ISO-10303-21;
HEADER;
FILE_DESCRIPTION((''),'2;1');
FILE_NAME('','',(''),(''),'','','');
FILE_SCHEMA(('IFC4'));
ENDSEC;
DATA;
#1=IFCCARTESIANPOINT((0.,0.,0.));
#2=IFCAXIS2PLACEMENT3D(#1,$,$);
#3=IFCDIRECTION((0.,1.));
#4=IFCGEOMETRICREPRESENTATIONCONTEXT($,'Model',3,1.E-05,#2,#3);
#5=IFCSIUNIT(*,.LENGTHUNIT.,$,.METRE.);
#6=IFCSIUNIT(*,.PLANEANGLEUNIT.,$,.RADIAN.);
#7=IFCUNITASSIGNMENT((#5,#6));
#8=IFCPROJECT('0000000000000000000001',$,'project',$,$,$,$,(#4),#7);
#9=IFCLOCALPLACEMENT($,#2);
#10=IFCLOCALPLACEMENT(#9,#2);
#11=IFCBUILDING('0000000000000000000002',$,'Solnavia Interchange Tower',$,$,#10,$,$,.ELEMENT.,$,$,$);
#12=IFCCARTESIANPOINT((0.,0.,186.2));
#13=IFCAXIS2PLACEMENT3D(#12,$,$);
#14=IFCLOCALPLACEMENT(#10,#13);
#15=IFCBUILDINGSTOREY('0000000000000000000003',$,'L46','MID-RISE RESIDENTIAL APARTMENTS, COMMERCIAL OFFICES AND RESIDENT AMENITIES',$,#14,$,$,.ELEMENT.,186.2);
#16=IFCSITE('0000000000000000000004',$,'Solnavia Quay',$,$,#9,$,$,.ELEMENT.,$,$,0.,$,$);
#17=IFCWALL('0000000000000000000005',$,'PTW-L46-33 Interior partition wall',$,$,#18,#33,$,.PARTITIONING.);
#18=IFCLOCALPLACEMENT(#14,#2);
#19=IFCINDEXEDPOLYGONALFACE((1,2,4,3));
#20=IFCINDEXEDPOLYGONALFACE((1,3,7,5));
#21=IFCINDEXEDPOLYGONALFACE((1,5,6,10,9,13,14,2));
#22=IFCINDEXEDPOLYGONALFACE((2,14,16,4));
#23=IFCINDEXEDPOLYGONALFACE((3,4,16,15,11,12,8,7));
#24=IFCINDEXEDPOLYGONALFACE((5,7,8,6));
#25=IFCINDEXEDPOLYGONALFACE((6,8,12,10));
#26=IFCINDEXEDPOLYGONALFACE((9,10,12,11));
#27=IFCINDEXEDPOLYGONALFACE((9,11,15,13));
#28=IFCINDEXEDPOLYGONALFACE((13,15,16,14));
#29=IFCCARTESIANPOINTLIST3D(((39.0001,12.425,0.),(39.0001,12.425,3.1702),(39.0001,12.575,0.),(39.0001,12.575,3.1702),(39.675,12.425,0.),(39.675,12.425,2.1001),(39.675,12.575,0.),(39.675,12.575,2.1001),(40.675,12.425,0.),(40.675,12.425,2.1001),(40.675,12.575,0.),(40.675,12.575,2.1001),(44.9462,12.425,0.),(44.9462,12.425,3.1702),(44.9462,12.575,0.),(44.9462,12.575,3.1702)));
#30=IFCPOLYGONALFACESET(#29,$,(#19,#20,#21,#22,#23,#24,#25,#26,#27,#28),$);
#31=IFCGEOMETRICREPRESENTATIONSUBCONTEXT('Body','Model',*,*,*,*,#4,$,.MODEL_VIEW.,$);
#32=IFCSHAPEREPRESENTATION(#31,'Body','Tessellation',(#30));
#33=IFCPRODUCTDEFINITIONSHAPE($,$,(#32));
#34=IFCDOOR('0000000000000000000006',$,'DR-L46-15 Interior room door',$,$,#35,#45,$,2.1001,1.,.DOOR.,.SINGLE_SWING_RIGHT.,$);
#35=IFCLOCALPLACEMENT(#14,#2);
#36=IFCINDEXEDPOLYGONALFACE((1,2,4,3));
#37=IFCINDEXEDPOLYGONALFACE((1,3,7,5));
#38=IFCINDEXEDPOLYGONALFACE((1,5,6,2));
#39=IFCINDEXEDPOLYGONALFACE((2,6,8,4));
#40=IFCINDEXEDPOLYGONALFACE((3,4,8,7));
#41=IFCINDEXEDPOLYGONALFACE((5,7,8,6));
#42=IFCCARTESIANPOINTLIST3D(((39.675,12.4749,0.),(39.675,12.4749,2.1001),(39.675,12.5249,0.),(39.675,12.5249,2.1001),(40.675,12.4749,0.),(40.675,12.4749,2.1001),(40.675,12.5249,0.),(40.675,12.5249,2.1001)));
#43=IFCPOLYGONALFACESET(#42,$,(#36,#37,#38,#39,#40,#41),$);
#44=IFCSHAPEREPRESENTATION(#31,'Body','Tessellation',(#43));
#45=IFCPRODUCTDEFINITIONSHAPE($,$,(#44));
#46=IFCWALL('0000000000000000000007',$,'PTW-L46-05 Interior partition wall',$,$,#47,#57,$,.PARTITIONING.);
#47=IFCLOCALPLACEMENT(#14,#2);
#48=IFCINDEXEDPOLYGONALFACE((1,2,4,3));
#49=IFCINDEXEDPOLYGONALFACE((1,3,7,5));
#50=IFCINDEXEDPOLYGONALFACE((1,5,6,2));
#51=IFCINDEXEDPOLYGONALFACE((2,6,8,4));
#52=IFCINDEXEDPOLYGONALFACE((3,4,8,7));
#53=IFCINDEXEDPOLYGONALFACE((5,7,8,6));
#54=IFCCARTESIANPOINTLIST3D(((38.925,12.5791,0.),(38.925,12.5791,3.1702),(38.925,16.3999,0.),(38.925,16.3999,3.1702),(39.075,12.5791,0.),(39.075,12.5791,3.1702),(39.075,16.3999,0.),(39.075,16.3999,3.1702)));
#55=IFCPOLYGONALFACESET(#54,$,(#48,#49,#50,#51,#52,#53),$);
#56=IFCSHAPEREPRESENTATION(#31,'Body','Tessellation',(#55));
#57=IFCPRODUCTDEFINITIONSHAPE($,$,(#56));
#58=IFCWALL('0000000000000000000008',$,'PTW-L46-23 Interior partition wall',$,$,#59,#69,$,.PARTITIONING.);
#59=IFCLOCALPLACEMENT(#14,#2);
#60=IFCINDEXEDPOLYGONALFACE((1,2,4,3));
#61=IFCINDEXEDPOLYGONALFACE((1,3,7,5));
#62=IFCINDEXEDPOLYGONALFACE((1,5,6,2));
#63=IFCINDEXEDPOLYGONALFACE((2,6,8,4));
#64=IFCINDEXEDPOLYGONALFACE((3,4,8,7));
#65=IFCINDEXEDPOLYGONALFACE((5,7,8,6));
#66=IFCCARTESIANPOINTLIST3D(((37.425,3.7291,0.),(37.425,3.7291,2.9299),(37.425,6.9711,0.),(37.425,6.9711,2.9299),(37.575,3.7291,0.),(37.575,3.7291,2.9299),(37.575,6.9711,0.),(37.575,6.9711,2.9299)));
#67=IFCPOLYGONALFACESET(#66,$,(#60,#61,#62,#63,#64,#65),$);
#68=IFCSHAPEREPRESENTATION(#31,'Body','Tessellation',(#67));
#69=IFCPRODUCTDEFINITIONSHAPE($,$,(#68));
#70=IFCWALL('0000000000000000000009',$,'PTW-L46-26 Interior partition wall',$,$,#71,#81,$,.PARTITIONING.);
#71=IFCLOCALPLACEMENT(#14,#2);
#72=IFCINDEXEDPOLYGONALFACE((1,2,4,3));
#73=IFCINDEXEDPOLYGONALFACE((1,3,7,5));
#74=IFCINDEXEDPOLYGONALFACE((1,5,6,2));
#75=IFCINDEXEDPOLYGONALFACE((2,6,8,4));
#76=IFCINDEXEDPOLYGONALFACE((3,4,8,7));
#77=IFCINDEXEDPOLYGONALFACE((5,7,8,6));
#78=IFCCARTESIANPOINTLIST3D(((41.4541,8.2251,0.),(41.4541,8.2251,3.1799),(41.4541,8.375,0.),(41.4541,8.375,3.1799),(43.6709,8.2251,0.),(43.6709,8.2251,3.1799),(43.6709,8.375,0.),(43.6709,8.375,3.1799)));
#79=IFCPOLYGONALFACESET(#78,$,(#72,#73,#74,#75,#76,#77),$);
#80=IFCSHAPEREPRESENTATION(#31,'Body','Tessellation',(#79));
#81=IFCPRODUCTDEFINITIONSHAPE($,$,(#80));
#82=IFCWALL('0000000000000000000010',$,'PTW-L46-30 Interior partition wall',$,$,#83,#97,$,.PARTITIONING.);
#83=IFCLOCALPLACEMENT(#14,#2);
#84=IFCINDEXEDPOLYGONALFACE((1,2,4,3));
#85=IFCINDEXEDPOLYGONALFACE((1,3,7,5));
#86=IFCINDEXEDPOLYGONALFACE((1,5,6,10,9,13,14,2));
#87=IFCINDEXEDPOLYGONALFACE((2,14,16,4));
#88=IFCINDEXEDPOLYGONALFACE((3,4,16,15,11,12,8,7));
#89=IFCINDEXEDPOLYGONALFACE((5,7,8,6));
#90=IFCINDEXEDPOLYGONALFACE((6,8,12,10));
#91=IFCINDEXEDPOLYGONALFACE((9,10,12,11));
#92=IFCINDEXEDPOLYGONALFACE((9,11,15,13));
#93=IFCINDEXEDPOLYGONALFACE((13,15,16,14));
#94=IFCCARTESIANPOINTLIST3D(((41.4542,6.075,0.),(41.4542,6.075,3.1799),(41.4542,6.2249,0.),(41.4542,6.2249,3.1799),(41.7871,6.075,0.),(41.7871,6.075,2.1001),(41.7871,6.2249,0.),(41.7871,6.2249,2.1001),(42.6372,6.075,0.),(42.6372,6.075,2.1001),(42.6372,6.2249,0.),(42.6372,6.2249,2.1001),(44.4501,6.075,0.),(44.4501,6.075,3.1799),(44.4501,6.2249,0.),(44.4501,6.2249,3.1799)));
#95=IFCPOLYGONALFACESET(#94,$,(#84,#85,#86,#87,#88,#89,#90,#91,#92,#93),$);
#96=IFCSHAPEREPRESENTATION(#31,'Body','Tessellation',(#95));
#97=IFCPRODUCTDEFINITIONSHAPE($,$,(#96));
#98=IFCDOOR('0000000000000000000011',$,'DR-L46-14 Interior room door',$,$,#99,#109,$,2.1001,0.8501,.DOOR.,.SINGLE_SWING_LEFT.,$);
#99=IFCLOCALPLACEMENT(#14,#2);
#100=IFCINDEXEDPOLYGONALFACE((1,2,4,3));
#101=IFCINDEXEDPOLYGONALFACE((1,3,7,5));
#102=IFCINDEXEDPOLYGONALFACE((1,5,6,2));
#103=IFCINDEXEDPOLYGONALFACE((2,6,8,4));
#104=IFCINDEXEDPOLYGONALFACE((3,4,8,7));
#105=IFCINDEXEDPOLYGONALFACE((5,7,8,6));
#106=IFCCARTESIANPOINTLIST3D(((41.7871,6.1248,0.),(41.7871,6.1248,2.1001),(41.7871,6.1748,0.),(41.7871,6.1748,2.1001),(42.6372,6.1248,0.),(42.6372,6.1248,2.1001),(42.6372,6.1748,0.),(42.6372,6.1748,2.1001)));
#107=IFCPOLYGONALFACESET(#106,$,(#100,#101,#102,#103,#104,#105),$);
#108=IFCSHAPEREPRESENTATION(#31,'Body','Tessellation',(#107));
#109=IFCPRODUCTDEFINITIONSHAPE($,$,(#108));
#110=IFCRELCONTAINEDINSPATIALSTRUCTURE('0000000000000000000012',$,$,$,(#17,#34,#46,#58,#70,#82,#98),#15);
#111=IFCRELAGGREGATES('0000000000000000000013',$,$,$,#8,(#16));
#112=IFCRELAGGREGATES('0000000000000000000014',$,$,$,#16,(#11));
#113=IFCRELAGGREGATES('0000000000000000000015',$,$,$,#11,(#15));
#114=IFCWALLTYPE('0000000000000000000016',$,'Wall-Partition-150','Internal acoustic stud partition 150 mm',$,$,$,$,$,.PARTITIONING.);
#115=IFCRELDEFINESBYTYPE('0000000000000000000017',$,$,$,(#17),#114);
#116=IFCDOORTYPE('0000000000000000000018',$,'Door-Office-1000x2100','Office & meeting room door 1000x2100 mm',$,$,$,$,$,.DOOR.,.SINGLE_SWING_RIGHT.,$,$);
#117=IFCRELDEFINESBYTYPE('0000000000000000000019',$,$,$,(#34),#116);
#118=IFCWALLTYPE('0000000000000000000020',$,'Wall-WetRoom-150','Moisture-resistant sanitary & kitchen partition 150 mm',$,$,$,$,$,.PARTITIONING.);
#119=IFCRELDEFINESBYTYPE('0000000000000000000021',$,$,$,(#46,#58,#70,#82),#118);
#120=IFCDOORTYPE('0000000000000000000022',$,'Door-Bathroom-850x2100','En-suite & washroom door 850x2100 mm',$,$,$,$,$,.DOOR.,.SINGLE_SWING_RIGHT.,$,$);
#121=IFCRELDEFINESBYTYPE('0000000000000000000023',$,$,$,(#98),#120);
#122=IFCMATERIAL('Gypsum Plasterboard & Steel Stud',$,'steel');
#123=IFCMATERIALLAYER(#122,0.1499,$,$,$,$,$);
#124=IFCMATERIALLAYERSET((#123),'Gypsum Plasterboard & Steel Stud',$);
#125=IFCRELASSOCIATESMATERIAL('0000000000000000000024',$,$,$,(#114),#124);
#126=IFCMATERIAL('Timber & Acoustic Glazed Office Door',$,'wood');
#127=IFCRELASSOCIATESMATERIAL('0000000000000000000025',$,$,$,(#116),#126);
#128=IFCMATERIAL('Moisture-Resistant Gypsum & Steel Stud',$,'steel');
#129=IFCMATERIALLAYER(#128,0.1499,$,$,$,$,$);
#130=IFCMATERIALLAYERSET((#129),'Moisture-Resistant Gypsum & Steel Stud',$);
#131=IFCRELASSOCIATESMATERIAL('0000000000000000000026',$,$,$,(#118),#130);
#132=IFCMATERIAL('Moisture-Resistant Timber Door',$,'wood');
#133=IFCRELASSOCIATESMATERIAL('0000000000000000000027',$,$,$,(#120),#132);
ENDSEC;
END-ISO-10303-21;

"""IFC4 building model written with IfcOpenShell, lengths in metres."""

from ifc_helpers import new_model, si_unit, direction, frame, frame_2d, origin, place, context, subcontext, project, spatial, rectangle, extrude, material, layer, layer_set, type_object, element, fill, save


model = new_model("IFC4")

# Units and contexts
model_context = context("Model", 3, precision=1e-05, world=origin(), true_north=direction((0.0, 1.0)))
body_context = subcontext(model_context, "Body", "Model", "MODEL_VIEW")
ifc_project = project(units=[si_unit("LENGTHUNIT", "METRE"), si_unit("PLANEANGLEUNIT", "RADIAN")], contexts=[model_context])

# Site, building, storey
site_placement = place(None, origin())
site = spatial("IfcSite", under=ifc_project, at=site_placement, Name="Solnavia Quay", CompositionType="ELEMENT", RefElevation=0.0)
building_placement = place(site_placement, origin())
building = spatial("IfcBuilding", under=site, at=building_placement, Name="Solnavia Interchange Tower", CompositionType="ELEMENT")
storey_placement = place(building_placement, frame((0.0, 0.0, 186.2)))
storey = spatial("IfcBuildingStorey", under=building, at=storey_placement, Name="L46", Description="MID-RISE RESIDENTIAL APARTMENTS, COMMERCIAL OFFICES AND RESIDENT AMENITIES", CompositionType="ELEMENT", Elevation=186.2)

# Wall, opening, door
ifc_material_1 = material(Name="Gypsum Plasterboard & Steel Stud", Category="steel")
ifc_layer_1 = layer(ifc_material_1, 0.1499)
ifc_layer_set_1 = layer_set([ifc_layer_1], Name="Gypsum Plasterboard & Steel Stud")
wall_type_1 = type_object("IfcWallType", Name="Wall-Partition-150", Description="Internal acoustic stud partition 150 mm", PredefinedType="PARTITIONING", material=ifc_layer_set_1)
wall_1_placement = place(storey_placement, frame((39.0, 12.5, 0.0), z_axis=(0.0, 0.0, 1.0), x_axis=(1.0, 0.0, 0.0)))
wall_1 = element("IfcWall", 1, at=wall_1_placement, inside=storey, type_object=wall_type_1, Name="PTW-L46-33 Interior partition wall", PredefinedType="PARTITIONING", context=body_context, shape_type="SweptSolid", body=[
    extrude(rectangle(XDim=5.946, YDim=0.1499, at=frame_2d((2.9731, 0.0))), origin(), (0.0, 0.0, 1.0), 3.1702),
])
opening_1_placement = place(wall_1_placement, frame((0.675, 0.0, 0.0)))
opening_1 = element("IfcOpeningElement", 2, at=opening_1_placement, cuts=wall_1, PredefinedType="OPENING", context=body_context, shape_type="SweptSolid", body=[
    extrude(rectangle(XDim=1.0, YDim=2.1001, at=frame_2d((0.5, 1.05))), frame((0.0, 0.085, 0.0), z_axis=(0.0, -1.0, 0.0), x_axis=(1.0, 0.0, 0.0)), (0.0, 0.0, 1.0), 0.1699),
])
ifc_material_2 = material(Name="Timber & Acoustic Glazed Office Door", Category="wood")
door_type_1 = type_object("IfcDoorType", Name="Door-Office-1000x2100", Description="Office & meeting room door 1000x2100 mm", OperationType="SINGLE_SWING_RIGHT", PredefinedType="DOOR", material=ifc_material_2)
door_1_placement = place(opening_1_placement, origin())
door_1 = element("IfcDoor", 3, at=door_1_placement, inside=storey, type_object=door_type_1, Name="DR-L46-15 Interior room door", OperationType="SINGLE_SWING_RIGHT", OverallHeight=2.1001, OverallWidth=1.0, PredefinedType="DOOR", context=body_context, shape_type="SweptSolid", body=[
    extrude(rectangle(XDim=1.0, YDim=2.1001, at=frame_2d((0.5, 1.05))), frame((0.0, 0.0249, 0.0), z_axis=(0.0, -1.0, 0.0), x_axis=(1.0, 0.0, 0.0)), (0.0, 0.0, 1.0), 0.05),
])
fill(opening_1, door_1)

# Walls
ifc_material_3 = material(Name="Moisture-Resistant Gypsum & Steel Stud", Category="steel")
ifc_layer_2 = layer(ifc_material_3, 0.1499)
ifc_layer_set_2 = layer_set([ifc_layer_2], Name="Moisture-Resistant Gypsum & Steel Stud")
wall_type_2 = type_object("IfcWallType", Name="Wall-WetRoom-150", Description="Moisture-resistant sanitary & kitchen partition 150 mm", PredefinedType="PARTITIONING", material=ifc_layer_set_2)
wall_2_placement = place(storey_placement, frame((39.0, 12.5791, 0.0), z_axis=(0.0, 0.0, 1.0), x_axis=(0.0, 1.0, 0.0)))
element("IfcWall", 4, at=wall_2_placement, inside=storey, type_object=wall_type_2, Name="PTW-L46-05 Interior partition wall", PredefinedType="PARTITIONING", context=body_context, shape_type="SweptSolid", body=[
    extrude(rectangle(XDim=3.8208, YDim=0.1499, at=frame_2d((1.9104, 0.0))), origin(), (0.0, 0.0, 1.0), 3.1702),
])
wall_3_placement = place(storey_placement, frame((37.5, 3.729, 0.0), z_axis=(0.0, 0.0, 1.0), x_axis=(0.0, 1.0, 0.0)))
element("IfcWall", 5, at=wall_3_placement, inside=storey, type_object=wall_type_2, Name="PTW-L46-23 Interior partition wall", PredefinedType="PARTITIONING", context=body_context, shape_type="SweptSolid", body=[
    extrude(rectangle(XDim=3.2419, YDim=0.1499, at=frame_2d((1.6211, 0.0))), origin(), (0.0, 0.0, 1.0), 2.9299),
])
wall_4_placement = place(storey_placement, frame((41.4541, 8.3, 0.0), z_axis=(0.0, 0.0, 1.0), x_axis=(1.0, 0.0, 0.0)))
element("IfcWall", 6, at=wall_4_placement, inside=storey, type_object=wall_type_2, Name="PTW-L46-26 Interior partition wall", PredefinedType="PARTITIONING", context=body_context, shape_type="SweptSolid", body=[
    extrude(rectangle(XDim=2.2168, YDim=0.1499, at=frame_2d((1.1084, 0.0))), origin(), (0.0, 0.0, 1.0), 3.1799),
])

# Wall, opening, door
wall_5_placement = place(storey_placement, frame((41.4541, 6.1499, 0.0), z_axis=(0.0, 0.0, 1.0), x_axis=(1.0, 0.0, 0.0)))
wall_5 = element("IfcWall", 7, at=wall_5_placement, inside=storey, type_object=wall_type_2, Name="PTW-L46-30 Interior partition wall", PredefinedType="PARTITIONING", context=body_context, shape_type="SweptSolid", body=[
    extrude(rectangle(XDim=2.9958, YDim=0.1499, at=frame_2d((1.498, 0.0))), origin(), (0.0, 0.0, 1.0), 3.1799),
])
opening_2_placement = place(wall_5_placement, frame((0.333, 0.0, 0.0)))
opening_2 = element("IfcOpeningElement", 8, at=opening_2_placement, cuts=wall_5, PredefinedType="OPENING", context=body_context, shape_type="SweptSolid", body=[
    extrude(rectangle(XDim=0.8501, YDim=2.1001, at=frame_2d((0.425, 1.05))), frame((0.0, 0.085, 0.0), z_axis=(0.0, -1.0, 0.0), x_axis=(1.0, 0.0, 0.0)), (0.0, 0.0, 1.0), 0.1699),
])
ifc_material_4 = material(Name="Moisture-Resistant Timber Door", Category="wood")
door_type_2 = type_object("IfcDoorType", Name="Door-Bathroom-850x2100", Description="En-suite & washroom door 850x2100 mm", OperationType="SINGLE_SWING_RIGHT", PredefinedType="DOOR", material=ifc_material_4)
door_2_placement = place(opening_2_placement, origin())
door_2 = element("IfcDoor", 9, at=door_2_placement, inside=storey, type_object=door_type_2, Name="DR-L46-14 Interior room door", OperationType="SINGLE_SWING_LEFT", OverallHeight=2.1001, OverallWidth=0.8501, PredefinedType="DOOR", context=body_context, shape_type="SweptSolid", body=[
    extrude(rectangle(XDim=0.8501, YDim=2.1001, at=frame_2d((0.425, 1.05))), frame((0.0, 0.0249, 0.0), z_axis=(0.0, -1.0, 0.0), x_axis=(1.0, 0.0, 0.0)), (0.0, 0.0, 1.0), 0.05),
])
fill(opening_2, door_2)

save(model, "model.ifc")
